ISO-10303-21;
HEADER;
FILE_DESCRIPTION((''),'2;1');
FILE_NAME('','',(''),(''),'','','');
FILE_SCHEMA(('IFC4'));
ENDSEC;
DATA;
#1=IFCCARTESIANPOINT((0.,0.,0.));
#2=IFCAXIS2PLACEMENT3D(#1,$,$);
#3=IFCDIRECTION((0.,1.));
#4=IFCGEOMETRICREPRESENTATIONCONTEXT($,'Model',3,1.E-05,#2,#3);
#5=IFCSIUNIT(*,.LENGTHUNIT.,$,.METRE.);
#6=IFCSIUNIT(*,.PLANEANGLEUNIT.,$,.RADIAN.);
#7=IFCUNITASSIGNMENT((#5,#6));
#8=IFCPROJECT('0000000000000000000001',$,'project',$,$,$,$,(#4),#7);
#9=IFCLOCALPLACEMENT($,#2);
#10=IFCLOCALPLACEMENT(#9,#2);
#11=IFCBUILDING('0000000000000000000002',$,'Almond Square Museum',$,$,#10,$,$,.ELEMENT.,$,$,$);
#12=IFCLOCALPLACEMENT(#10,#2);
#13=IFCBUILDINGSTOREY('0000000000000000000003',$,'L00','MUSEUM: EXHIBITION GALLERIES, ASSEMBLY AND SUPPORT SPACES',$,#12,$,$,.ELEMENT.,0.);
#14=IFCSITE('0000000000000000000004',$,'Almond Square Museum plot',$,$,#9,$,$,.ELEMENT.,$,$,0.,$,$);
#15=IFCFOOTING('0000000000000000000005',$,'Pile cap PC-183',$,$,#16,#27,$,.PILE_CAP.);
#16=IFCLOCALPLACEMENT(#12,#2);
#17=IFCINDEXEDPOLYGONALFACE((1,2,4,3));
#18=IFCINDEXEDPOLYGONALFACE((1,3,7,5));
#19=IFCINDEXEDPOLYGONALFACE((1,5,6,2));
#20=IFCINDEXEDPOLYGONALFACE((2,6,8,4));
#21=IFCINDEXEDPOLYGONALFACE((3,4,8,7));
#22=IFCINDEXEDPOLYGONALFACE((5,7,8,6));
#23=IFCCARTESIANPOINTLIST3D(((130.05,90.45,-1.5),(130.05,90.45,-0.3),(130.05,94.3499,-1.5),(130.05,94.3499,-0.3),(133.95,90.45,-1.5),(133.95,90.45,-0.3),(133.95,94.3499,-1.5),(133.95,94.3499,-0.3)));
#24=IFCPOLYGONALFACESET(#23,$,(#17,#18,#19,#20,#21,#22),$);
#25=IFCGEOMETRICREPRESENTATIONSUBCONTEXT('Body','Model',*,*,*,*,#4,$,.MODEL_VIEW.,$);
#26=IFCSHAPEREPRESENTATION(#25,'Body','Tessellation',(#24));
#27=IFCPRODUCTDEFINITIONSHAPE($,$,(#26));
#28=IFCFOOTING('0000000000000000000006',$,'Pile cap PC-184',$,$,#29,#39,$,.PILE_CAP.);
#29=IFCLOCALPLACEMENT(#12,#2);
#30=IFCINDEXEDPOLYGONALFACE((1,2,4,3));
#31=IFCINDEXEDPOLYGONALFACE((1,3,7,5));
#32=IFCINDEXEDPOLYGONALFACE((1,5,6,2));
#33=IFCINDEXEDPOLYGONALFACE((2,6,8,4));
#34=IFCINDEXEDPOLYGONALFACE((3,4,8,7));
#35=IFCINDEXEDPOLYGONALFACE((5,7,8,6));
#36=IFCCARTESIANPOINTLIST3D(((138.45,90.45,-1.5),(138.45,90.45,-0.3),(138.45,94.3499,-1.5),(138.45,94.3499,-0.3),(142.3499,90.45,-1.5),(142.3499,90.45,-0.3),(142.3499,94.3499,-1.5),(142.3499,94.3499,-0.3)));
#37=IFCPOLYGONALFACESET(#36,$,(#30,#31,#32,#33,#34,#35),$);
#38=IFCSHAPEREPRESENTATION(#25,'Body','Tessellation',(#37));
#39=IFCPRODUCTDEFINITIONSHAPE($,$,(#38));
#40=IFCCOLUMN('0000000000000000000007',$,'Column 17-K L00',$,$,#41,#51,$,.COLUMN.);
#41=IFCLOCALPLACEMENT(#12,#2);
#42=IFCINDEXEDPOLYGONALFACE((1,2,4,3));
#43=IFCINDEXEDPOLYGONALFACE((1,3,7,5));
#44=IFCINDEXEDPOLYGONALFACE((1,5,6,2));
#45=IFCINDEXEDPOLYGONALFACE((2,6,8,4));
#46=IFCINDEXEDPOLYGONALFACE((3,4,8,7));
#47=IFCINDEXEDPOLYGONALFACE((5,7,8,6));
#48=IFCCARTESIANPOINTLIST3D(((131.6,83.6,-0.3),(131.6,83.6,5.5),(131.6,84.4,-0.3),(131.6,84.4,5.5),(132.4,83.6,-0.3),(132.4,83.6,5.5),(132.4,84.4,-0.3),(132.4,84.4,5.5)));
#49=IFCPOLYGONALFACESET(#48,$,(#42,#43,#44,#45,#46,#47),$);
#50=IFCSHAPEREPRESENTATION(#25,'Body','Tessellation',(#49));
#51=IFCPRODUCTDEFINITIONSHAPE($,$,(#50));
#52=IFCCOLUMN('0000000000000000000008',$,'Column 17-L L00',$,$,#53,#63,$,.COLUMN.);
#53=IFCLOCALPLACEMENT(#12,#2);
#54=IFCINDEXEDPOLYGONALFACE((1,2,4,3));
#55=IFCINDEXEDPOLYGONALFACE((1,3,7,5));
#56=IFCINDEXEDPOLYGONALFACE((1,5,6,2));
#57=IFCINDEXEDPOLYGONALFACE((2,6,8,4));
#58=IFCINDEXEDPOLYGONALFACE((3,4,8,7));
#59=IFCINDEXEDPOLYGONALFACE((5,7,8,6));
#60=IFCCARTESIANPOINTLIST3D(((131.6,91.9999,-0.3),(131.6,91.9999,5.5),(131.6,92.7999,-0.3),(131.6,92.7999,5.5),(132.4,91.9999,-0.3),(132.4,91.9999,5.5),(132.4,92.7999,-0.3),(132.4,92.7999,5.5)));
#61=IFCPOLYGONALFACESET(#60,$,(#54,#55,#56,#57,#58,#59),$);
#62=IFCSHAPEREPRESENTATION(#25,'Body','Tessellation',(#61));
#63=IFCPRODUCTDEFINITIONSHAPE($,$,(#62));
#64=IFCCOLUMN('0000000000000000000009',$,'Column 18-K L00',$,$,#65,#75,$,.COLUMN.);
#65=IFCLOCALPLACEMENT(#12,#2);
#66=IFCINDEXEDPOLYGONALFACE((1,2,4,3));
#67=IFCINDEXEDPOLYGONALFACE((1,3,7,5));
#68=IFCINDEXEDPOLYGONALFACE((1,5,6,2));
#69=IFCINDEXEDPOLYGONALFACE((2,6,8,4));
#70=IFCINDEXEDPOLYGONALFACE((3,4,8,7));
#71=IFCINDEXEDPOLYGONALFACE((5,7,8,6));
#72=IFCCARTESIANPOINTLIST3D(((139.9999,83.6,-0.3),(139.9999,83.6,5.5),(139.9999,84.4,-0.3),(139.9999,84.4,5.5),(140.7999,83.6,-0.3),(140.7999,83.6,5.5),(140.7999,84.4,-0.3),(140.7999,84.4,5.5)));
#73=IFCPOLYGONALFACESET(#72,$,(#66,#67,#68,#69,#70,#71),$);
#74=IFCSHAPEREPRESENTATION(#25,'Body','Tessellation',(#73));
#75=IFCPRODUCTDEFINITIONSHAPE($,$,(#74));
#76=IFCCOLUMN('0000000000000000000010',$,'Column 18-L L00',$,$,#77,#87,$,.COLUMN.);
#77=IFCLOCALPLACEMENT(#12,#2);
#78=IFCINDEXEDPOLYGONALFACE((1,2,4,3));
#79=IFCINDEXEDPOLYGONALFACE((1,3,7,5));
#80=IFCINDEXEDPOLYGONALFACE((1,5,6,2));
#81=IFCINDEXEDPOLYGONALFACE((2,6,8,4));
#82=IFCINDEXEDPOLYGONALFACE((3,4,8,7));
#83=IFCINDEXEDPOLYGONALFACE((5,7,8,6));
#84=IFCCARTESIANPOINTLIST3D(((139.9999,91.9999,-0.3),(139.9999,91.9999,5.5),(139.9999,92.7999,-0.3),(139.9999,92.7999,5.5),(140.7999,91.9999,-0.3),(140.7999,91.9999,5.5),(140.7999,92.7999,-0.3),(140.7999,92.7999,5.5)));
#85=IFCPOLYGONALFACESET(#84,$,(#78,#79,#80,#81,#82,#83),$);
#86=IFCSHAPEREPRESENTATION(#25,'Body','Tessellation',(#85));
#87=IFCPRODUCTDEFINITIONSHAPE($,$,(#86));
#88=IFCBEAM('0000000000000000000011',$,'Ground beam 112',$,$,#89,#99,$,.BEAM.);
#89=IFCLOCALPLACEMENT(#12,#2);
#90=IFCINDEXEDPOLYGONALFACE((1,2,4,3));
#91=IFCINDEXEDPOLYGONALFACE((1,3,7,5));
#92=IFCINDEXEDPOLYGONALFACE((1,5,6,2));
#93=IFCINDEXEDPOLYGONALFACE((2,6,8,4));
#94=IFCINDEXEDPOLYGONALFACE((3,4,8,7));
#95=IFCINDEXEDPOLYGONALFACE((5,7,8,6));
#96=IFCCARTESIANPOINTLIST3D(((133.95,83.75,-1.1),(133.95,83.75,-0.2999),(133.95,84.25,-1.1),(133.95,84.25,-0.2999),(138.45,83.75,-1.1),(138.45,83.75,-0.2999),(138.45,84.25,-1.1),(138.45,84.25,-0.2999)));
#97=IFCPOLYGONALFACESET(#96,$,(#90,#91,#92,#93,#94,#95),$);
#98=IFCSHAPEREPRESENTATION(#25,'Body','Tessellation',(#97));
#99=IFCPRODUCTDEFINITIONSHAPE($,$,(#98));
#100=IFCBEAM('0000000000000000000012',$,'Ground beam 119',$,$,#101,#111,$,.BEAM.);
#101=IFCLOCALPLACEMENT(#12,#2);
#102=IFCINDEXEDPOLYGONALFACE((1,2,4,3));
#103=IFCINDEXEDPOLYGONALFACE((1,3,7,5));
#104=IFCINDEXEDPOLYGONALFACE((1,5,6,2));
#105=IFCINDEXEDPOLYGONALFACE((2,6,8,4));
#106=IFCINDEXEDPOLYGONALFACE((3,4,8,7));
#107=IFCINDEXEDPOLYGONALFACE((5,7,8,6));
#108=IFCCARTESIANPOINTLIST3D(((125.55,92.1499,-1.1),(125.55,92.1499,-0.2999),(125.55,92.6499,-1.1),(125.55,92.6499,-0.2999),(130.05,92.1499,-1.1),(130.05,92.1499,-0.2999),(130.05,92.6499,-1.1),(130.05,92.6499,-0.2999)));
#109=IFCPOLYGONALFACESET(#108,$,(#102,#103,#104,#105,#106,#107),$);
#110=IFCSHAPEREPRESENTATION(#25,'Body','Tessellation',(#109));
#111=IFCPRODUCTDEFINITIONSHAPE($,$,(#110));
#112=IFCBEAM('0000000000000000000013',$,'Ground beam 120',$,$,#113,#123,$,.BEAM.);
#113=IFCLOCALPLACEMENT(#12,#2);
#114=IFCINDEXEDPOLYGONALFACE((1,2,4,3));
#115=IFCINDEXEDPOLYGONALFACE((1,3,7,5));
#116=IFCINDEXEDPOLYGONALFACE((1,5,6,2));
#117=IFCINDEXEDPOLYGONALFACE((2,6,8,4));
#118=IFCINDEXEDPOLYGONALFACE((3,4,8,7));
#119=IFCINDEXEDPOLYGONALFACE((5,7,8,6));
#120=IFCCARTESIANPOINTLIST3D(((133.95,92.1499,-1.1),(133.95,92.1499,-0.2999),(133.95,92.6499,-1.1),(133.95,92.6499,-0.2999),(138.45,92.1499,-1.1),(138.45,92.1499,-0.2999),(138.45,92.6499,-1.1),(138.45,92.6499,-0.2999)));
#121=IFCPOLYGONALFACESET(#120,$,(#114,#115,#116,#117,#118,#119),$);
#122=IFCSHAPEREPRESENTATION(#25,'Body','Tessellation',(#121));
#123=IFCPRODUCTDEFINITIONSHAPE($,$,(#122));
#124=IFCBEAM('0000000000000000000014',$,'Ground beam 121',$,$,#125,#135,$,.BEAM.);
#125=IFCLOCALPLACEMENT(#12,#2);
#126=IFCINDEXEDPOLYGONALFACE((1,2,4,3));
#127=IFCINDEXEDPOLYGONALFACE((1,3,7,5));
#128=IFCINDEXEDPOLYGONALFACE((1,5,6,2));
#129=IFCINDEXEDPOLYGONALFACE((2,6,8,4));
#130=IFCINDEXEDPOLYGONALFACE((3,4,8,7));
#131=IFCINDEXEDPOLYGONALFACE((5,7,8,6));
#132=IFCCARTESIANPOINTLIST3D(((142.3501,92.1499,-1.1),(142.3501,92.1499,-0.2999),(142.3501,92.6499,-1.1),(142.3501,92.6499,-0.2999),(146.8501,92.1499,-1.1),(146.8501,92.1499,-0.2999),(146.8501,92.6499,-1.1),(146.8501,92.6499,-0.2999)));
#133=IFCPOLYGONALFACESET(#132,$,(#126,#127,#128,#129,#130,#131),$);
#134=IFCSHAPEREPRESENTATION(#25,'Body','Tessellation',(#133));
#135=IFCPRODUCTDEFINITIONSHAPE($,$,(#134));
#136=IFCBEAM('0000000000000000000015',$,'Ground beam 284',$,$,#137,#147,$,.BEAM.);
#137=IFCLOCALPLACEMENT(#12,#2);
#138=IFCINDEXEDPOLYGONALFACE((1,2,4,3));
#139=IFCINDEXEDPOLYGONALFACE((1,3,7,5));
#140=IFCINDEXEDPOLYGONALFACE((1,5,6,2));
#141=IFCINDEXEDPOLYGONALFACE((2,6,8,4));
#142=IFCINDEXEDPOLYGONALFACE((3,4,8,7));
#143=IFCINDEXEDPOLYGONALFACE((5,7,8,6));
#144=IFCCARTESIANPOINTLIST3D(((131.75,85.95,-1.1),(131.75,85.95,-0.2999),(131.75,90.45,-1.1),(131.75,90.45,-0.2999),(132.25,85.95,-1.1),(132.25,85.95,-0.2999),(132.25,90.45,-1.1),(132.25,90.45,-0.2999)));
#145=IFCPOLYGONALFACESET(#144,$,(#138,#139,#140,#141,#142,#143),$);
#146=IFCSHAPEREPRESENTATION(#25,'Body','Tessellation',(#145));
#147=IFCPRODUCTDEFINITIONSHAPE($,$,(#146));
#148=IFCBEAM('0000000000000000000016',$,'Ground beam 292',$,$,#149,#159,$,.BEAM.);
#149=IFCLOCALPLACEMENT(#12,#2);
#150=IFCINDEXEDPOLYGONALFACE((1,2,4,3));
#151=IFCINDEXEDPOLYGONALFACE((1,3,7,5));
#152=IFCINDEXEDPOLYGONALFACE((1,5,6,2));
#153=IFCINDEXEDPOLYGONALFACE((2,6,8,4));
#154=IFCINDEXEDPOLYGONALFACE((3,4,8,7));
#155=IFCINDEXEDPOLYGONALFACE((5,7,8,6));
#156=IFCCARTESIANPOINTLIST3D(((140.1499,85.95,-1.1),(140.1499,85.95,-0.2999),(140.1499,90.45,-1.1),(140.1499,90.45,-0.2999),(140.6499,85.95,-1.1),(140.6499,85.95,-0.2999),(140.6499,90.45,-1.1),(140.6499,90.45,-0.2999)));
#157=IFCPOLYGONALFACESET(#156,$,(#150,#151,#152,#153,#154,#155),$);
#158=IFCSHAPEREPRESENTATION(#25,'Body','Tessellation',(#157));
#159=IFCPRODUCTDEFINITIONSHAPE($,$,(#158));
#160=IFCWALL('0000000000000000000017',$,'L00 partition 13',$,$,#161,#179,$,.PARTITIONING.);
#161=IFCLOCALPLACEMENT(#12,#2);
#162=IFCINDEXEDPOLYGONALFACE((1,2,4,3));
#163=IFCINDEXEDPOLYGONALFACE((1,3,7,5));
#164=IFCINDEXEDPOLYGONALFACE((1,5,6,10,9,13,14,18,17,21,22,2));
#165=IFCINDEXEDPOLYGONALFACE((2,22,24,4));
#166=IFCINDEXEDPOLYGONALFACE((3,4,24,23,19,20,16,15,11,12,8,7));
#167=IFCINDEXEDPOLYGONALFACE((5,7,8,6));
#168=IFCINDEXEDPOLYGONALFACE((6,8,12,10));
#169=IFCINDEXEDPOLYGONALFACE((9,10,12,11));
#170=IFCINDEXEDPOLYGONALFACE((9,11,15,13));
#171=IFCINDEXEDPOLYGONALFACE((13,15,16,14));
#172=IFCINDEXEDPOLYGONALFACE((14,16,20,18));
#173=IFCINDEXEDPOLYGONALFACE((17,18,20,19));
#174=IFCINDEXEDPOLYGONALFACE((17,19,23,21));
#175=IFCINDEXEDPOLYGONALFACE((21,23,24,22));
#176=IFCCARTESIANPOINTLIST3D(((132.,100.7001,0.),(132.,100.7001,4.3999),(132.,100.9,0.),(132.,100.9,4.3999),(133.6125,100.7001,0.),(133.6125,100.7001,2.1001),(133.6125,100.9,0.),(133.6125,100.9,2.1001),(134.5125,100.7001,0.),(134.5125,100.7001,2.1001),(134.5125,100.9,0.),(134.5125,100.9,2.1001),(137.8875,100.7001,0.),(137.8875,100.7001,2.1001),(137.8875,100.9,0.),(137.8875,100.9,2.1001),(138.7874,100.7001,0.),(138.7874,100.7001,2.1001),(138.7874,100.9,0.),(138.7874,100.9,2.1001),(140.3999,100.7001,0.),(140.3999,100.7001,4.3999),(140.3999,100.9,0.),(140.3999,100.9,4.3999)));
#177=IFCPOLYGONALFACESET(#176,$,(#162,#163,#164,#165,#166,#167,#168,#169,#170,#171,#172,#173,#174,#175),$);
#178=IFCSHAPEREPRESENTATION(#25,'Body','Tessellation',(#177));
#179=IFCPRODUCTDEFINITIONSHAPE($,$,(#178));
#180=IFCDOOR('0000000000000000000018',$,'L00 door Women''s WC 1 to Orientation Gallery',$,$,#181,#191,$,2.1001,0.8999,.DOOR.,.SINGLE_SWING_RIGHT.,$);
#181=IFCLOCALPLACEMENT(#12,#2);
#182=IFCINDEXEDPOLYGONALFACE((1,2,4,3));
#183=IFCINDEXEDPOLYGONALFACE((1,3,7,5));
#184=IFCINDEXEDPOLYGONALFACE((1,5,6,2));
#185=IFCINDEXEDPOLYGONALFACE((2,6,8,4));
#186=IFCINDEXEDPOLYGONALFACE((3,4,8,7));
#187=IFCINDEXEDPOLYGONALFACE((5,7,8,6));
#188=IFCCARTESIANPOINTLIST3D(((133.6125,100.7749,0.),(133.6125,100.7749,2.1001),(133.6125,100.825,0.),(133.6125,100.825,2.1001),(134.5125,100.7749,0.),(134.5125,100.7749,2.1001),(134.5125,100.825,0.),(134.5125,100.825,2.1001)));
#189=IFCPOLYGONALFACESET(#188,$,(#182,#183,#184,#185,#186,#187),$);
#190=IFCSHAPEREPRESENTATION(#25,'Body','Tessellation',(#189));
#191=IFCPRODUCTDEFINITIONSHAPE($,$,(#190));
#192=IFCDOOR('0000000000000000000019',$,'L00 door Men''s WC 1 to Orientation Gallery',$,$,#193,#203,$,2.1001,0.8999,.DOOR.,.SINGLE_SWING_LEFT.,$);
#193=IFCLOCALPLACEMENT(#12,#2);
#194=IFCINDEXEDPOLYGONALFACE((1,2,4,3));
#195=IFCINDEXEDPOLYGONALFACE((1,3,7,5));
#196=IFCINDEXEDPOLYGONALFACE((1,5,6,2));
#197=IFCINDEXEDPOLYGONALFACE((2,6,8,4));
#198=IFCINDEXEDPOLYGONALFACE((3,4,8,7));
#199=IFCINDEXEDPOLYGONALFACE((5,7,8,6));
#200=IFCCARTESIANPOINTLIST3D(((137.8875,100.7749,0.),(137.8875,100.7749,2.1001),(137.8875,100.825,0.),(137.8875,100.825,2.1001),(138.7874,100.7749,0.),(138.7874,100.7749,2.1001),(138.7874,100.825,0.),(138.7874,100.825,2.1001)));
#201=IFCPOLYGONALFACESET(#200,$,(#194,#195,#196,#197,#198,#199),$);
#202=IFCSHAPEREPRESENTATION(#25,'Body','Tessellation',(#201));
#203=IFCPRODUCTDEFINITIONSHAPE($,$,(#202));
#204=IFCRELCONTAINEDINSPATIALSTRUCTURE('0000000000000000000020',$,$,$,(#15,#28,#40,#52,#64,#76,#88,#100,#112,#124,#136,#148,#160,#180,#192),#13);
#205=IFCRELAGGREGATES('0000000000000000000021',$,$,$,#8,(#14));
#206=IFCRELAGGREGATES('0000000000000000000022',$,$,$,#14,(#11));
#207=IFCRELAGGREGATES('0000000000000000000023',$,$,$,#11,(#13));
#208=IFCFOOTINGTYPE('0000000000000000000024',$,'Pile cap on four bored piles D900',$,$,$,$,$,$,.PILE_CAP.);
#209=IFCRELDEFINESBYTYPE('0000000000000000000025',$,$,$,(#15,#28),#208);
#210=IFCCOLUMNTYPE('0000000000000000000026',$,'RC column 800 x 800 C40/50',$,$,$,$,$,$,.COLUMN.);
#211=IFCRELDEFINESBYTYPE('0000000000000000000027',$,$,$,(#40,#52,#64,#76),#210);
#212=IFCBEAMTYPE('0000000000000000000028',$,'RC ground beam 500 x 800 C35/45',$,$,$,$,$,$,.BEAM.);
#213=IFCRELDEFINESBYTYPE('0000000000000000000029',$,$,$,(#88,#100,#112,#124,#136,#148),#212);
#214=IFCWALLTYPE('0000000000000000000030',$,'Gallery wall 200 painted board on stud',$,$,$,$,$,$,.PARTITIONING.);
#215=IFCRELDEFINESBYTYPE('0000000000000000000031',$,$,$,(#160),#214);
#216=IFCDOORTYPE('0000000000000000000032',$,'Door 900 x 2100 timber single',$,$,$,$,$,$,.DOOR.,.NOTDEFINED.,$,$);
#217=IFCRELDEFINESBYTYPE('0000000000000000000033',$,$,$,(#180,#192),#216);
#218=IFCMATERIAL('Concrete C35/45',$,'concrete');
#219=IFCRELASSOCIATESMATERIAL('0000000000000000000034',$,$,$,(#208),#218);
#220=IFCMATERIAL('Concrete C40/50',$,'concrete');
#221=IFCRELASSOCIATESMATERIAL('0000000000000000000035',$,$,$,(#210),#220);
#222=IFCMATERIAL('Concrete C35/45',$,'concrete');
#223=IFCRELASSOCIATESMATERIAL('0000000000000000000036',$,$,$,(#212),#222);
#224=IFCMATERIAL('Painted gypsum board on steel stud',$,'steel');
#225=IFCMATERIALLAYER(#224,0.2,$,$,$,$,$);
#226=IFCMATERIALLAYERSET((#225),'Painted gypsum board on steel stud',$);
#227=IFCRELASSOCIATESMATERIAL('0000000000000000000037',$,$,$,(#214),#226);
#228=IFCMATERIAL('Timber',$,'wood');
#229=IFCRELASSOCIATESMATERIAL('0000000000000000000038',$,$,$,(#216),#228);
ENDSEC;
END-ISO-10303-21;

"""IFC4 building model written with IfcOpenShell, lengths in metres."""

from ifc_helpers import new_model, si_unit, direction, frame, frame_2d, origin, origin_2d, place, context, subcontext, project, spatial, rectangle, extrude, material, layer, layer_set, material_profile, profile_set, type_object, element, fill, save


model = new_model("IFC4")

# Units and contexts
model_context = context("Model", 3, precision=1e-05, world=origin(), true_north=direction((0.0, 1.0)))
body_context = subcontext(model_context, "Body", "Model", "MODEL_VIEW")
ifc_project = project(units=[si_unit("LENGTHUNIT", "METRE"), si_unit("PLANEANGLEUNIT", "RADIAN")], contexts=[model_context])

# Site, building, storey
site_placement = place(None, origin())
site = spatial("IfcSite", under=ifc_project, at=site_placement, Name="Almond Square Museum plot", CompositionType="ELEMENT", RefElevation=0.0)
building_placement = place(site_placement, origin())
building = spatial("IfcBuilding", under=site, at=building_placement, Name="Almond Square Museum", CompositionType="ELEMENT")
storey_placement = place(building_placement, origin())
storey = spatial("IfcBuildingStorey", under=building, at=storey_placement, Name="L00", Description="MUSEUM: EXHIBITION GALLERIES, ASSEMBLY AND SUPPORT SPACES", CompositionType="ELEMENT", Elevation=0.0)

# Footings
ifc_material_1 = material(Name="Concrete C35/45", Category="concrete")
footing_type = type_object("IfcFootingType", Name="Pile cap on four bored piles D900", PredefinedType="PILE_CAP", material=ifc_material_1)
for number, where, z_axis, x_axis, name in (
    (1, (132.0, 92.3999, -1.5), (0.0, 0.0, 1.0), (1.0, 0.0, 0.0), "Pile cap PC-183"),
    (2, (140.3999, 92.3999, -1.5), (0.0, 0.0, 1.0), (1.0, 0.0, 0.0), "Pile cap PC-184"),
):
    element("IfcFooting", number, at=place(storey_placement, frame(where, z_axis=z_axis, x_axis=x_axis)), inside=storey, type_object=footing_type, Name=name, PredefinedType="PILE_CAP", context=body_context, shape_type="SweptSolid", body=[
        extrude(rectangle(XDim=3.8999, YDim=3.8999, at=origin_2d()), origin(), (0.0, 0.0, 1.0), 1.2),
    ])

# Columns
ifc_material_2 = material(Name="Concrete C40/50", Category="concrete")
ifc_material_profile_1 = material_profile(ifc_material_2, rectangle(XDim=0.8, YDim=0.8, at=origin_2d()))
ifc_profile_set_1 = profile_set([ifc_material_profile_1], Name="Concrete C40/50")
column_type = type_object("IfcColumnType", Name="RC column 800 x 800 C40/50", PredefinedType="COLUMN", material=ifc_profile_set_1)
for number, where, z_axis, x_axis, name in (
    (3, (132.0, 84.0, -0.3), (0.0, 0.0, 1.0), (1.0, 0.0, 0.0), "Column 17-K L00"),
    (4, (132.0, 92.3999, -0.3), (0.0, 0.0, 1.0), (1.0, 0.0, 0.0), "Column 17-L L00"),
    (5, (140.3999, 84.0, -0.3), (0.0, 0.0, 1.0), (1.0, 0.0, 0.0), "Column 18-K L00"),
    (6, (140.3999, 92.3999, -0.3), (0.0, 0.0, 1.0), (1.0, 0.0, 0.0), "Column 18-L L00"),
):
    element("IfcColumn", number, at=place(storey_placement, frame(where, z_axis=z_axis, x_axis=x_axis)), inside=storey, type_object=column_type, Name=name, PredefinedType="COLUMN", context=body_context, shape_type="SweptSolid", body=[
        extrude(rectangle(XDim=0.8, YDim=0.8, at=origin_2d()), origin(), (0.0, 0.0, 1.0), 5.8),
    ])

# Beams
ifc_material_3 = material(Name="Concrete C35/45", Category="concrete")
ifc_material_profile_2 = material_profile(ifc_material_3, rectangle(XDim=0.5, YDim=0.8, at=origin_2d()))
ifc_profile_set_2 = profile_set([ifc_material_profile_2], Name="Concrete C35/45")
beam_type = type_object("IfcBeamType", Name="RC ground beam 500 x 800 C35/45", PredefinedType="BEAM", material=ifc_profile_set_2)
for number, where, z_axis, x_axis, name in (
    (7, (133.95, 84.0, -0.7), (1.0, 0.0, 0.0), (0.0, 1.0, 0.0), "Ground beam 112"),
    (8, (125.55, 92.3999, -0.7), (1.0, 0.0, 0.0), (0.0, 1.0, 0.0), "Ground beam 119"),
    (9, (133.95, 92.3999, -0.7), (1.0, 0.0, 0.0), (0.0, 1.0, 0.0), "Ground beam 120"),
    (10, (142.3501, 92.3999, -0.7), (1.0, 0.0, 0.0), (0.0, 1.0, 0.0), "Ground beam 121"),
    (11, (132.0, 85.95, -0.7), (0.0, 1.0, 0.0), (-1.0, 0.0, 0.0), "Ground beam 284"),
    (12, (140.3999, 85.95, -0.7), (0.0, 1.0, 0.0), (-1.0, 0.0, 0.0), "Ground beam 292"),
):
    element("IfcBeam", number, at=place(storey_placement, frame(where, z_axis=z_axis, x_axis=x_axis)), inside=storey, type_object=beam_type, Name=name, PredefinedType="BEAM", context=body_context, shape_type="SweptSolid", body=[
        extrude(rectangle(XDim=0.5, YDim=0.8, at=origin_2d()), origin(), (0.0, 0.0, 1.0), 4.5),
    ])

# Wall, openings, doors
ifc_material_4 = material(Name="Painted gypsum board on steel stud", Category="steel")
ifc_layer_1 = layer(ifc_material_4, 0.2)
ifc_layer_set_1 = layer_set([ifc_layer_1], Name="Painted gypsum board on steel stud")
wall_type_1 = type_object("IfcWallType", Name="Gallery wall 200 painted board on stud", PredefinedType="PARTITIONING", material=ifc_layer_set_1)
wall_1_placement = place(storey_placement, frame((132.0, 100.8, 0.0), z_axis=(0.0, 0.0, 1.0), x_axis=(1.0, 0.0, 0.0)))
wall_1 = element("IfcWall", 13, at=wall_1_placement, inside=storey, type_object=wall_type_1, Name="L00 partition 13", PredefinedType="PARTITIONING", context=body_context, shape_type="SweptSolid", body=[
    extrude(rectangle(XDim=8.3999, YDim=0.2, at=frame_2d((4.2, 0.0))), origin(), (0.0, 0.0, 1.0), 4.3999),
])
opening_1_placement = place(wall_1_placement, frame((1.6125, 0.0, 0.0)))
opening_1 = element("IfcOpeningElement", 14, at=opening_1_placement, cuts=wall_1, PredefinedType="OPENING", context=body_context, shape_type="SweptSolid", body=[
    extrude(rectangle(XDim=0.8999, YDim=2.1001, at=frame_2d((0.45, 1.05))), frame((0.0, 0.1099, 0.0), z_axis=(0.0, -1.0, 0.0), x_axis=(1.0, 0.0, 0.0)), (0.0, 0.0, 1.0), 0.22),
])
opening_2_placement = place(wall_1_placement, frame((5.8875, 0.0, 0.0)))
opening_2 = element("IfcOpeningElement", 15, at=opening_2_placement, cuts=wall_1, PredefinedType="OPENING", context=body_context, shape_type="SweptSolid", body=[
    extrude(rectangle(XDim=0.8999, YDim=2.1001, at=frame_2d((0.45, 1.05))), frame((0.0, 0.1099, 0.0), z_axis=(0.0, -1.0, 0.0), x_axis=(1.0, 0.0, 0.0)), (0.0, 0.0, 1.0), 0.22),
])
ifc_material_5 = material(Name="Timber", Category="wood")
door_type_1 = type_object("IfcDoorType", Name="Door 900 x 2100 timber single", OperationType="NOTDEFINED", PredefinedType="DOOR", material=ifc_material_5)
door_1_placement = place(opening_1_placement, origin())
door_1 = element("IfcDoor", 16, at=door_1_placement, inside=storey, type_object=door_type_1, Name="L00 door Women's WC 1 to Orientation Gallery", OperationType="SINGLE_SWING_RIGHT", OverallHeight=2.1001, OverallWidth=0.8999, PredefinedType="DOOR", context=body_context, shape_type="SweptSolid", body=[
    extrude(rectangle(XDim=0.8999, YDim=2.1001, at=frame_2d((0.45, 1.05))), frame((0.0, 0.0249, 0.0), z_axis=(0.0, -1.0, 0.0), x_axis=(1.0, 0.0, 0.0)), (0.0, 0.0, 1.0), 0.05),
])
fill(opening_1, door_1)
door_2_placement = place(opening_2_placement, origin())
door_2 = element("IfcDoor", 17, at=door_2_placement, inside=storey, type_object=door_type_1, Name="L00 door Men's WC 1 to Orientation Gallery", OperationType="SINGLE_SWING_LEFT", OverallHeight=2.1001, OverallWidth=0.8999, PredefinedType="DOOR", context=body_context, shape_type="SweptSolid", body=[
    extrude(rectangle(XDim=0.8999, YDim=2.1001, at=frame_2d((0.45, 1.05))), frame((0.0, 0.0249, 0.0), z_axis=(0.0, -1.0, 0.0), x_axis=(1.0, 0.0, 0.0)), (0.0, 0.0, 1.0), 0.05),
])
fill(opening_2, door_2)

save(model, "model.ifc")
